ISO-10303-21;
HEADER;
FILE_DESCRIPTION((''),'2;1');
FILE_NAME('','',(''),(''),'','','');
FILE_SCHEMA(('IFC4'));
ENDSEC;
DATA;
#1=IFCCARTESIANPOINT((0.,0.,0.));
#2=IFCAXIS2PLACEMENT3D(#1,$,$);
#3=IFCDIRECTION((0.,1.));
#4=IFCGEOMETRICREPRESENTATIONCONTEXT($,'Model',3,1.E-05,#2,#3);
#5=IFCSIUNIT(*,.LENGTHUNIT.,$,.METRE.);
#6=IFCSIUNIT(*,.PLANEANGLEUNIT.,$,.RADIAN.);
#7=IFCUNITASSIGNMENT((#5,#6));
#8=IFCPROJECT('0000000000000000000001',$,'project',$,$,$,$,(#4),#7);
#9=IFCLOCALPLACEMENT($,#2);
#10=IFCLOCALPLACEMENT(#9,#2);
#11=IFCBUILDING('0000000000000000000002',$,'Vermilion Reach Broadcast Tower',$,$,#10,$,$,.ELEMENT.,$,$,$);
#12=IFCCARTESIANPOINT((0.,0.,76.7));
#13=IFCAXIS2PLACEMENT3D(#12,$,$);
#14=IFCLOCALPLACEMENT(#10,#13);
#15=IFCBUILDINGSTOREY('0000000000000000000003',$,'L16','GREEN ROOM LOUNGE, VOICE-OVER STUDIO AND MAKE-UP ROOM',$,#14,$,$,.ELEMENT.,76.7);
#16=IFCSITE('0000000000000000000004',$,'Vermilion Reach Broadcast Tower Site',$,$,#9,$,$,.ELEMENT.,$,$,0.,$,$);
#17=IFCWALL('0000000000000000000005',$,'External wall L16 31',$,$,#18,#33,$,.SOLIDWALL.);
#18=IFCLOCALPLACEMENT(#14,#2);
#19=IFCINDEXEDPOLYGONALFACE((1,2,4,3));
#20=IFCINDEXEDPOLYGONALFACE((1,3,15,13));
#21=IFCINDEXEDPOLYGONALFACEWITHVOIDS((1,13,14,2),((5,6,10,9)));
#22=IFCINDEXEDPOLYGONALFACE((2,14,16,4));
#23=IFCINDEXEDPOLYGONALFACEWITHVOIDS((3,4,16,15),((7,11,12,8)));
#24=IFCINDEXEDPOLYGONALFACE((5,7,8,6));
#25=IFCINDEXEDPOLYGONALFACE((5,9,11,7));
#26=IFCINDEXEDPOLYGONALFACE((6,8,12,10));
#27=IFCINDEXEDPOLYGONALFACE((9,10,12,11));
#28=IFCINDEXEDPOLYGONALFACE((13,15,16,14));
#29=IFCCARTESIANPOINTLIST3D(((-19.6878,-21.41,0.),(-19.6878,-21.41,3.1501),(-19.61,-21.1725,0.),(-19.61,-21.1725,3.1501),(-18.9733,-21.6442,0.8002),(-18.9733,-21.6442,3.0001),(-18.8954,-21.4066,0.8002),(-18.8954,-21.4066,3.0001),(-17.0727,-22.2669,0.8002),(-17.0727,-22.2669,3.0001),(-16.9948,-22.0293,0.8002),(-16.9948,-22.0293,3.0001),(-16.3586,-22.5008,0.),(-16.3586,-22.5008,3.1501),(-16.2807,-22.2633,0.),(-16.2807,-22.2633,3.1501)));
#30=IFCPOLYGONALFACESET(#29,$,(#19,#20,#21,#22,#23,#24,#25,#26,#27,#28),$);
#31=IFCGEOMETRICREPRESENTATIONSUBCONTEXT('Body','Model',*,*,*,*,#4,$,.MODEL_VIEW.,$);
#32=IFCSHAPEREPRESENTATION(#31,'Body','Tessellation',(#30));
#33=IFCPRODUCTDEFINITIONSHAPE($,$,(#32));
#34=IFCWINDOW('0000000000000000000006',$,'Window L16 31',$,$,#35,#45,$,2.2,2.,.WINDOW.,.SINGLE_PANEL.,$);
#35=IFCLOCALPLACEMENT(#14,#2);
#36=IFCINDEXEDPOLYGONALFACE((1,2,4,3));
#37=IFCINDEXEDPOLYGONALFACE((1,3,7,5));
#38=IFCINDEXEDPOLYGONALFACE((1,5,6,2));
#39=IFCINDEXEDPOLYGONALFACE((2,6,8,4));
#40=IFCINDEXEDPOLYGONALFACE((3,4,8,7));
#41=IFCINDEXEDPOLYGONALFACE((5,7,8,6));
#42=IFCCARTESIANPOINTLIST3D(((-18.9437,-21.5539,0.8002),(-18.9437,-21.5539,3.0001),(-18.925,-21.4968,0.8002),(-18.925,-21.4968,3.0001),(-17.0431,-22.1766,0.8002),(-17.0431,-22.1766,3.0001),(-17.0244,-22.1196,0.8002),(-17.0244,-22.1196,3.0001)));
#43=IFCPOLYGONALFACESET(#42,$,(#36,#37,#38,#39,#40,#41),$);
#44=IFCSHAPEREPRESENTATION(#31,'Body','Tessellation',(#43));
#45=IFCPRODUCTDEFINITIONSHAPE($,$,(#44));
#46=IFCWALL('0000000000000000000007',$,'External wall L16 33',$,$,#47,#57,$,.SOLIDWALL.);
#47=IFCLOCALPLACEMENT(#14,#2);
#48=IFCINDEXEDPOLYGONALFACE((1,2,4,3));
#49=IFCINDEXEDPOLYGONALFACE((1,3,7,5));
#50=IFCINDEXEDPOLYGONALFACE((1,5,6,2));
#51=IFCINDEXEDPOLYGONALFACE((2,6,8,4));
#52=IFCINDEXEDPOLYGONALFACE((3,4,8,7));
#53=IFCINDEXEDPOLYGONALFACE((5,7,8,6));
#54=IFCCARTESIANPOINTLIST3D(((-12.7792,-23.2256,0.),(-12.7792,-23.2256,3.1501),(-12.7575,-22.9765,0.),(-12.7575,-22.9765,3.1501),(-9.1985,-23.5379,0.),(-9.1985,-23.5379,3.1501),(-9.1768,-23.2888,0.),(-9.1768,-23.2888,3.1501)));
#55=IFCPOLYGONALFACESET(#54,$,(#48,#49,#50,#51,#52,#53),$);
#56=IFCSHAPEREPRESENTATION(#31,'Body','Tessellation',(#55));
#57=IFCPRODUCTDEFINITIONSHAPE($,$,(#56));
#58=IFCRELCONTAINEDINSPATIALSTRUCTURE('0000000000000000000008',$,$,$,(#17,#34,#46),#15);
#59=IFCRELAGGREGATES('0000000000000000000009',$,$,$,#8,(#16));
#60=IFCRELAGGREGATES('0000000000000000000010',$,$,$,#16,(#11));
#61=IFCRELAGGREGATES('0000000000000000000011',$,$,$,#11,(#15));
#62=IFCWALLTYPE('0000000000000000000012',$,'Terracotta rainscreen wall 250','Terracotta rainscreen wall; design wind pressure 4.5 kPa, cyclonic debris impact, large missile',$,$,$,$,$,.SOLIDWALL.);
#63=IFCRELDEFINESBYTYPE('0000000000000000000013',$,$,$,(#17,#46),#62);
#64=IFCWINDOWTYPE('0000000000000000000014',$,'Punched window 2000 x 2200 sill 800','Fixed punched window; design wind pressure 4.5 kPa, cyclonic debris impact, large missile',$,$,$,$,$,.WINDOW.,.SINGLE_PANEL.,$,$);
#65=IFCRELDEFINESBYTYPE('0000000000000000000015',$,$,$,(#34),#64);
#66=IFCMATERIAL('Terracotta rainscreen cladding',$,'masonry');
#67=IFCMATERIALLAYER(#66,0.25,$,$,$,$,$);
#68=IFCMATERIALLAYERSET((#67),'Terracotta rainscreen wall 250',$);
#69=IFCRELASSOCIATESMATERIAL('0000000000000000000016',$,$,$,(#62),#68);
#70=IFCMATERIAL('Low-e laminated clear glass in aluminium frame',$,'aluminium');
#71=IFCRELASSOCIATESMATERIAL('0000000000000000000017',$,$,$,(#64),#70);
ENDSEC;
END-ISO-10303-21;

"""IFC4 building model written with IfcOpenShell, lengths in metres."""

from ifc_helpers import new_model, si_unit, direction, frame, frame_2d, origin, place, context, subcontext, project, spatial, rectangle, extrude, material, layer, layer_set, type_object, element, fill, save


model = new_model("IFC4")

# Units and contexts
model_context = context("Model", 3, precision=1e-05, world=origin(), true_north=direction((0.0, 1.0)))
body_context = subcontext(model_context, "Body", "Model", "MODEL_VIEW")
ifc_project = project(units=[si_unit("LENGTHUNIT", "METRE"), si_unit("PLANEANGLEUNIT", "RADIAN")], contexts=[model_context])

# Site, building, storey
site_placement = place(None, origin())
site = spatial("IfcSite", under=ifc_project, at=site_placement, Name="Vermilion Reach Broadcast Tower Site", CompositionType="ELEMENT", RefElevation=0.0)
building_placement = place(site_placement, origin())
building = spatial("IfcBuilding", under=site, at=building_placement, Name="Vermilion Reach Broadcast Tower", CompositionType="ELEMENT")
storey_placement = place(building_placement, frame((0.0, 0.0, 76.7)))
storey = spatial("IfcBuildingStorey", under=building, at=storey_placement, Name="L16", Description="GREEN ROOM LOUNGE, VOICE-OVER STUDIO AND MAKE-UP ROOM", CompositionType="ELEMENT", Elevation=76.7)

# Wall, opening, window
ifc_material_1 = material(Name="Terracotta rainscreen cladding", Category="masonry")
ifc_layer_1 = layer(ifc_material_1, 0.25)
ifc_layer_set_1 = layer_set([ifc_layer_1], Name="Terracotta rainscreen wall 250")
wall_type_1 = type_object("IfcWallType", Name="Terracotta rainscreen wall 250", Description="Terracotta rainscreen wall; design wind pressure 4.5 kPa, cyclonic debris impact, large missile", PredefinedType="SOLIDWALL", material=ifc_layer_set_1)
wall_1_placement = place(storey_placement, frame((-19.6489, -21.2913, 0.0), z_axis=(0.0, 0.0, 1.0), x_axis=(0.950294, -0.311353, 0.0)))
wall_1 = element("IfcWall", 1, at=wall_1_placement, inside=storey, type_object=wall_type_1, Name="External wall L16 31", PredefinedType="SOLIDWALL", context=body_context, shape_type="SweptSolid", body=[
    extrude(rectangle(XDim=3.5034, YDim=0.25, at=frame_2d((1.7517, 0.0))), origin(), (0.0, 0.0, 1.0), 3.1501),
])
opening_1_placement = place(wall_1_placement, frame((0.752, 0.0, 0.8)))
opening_1 = element("IfcOpeningElement", 2, at=opening_1_placement, cuts=wall_1, PredefinedType="OPENING", context=body_context, shape_type="SweptSolid", body=[
    extrude(rectangle(XDim=2.0, YDim=2.2, at=frame_2d((1.0, 1.1001))), frame((0.0, 0.135, 0.0), z_axis=(0.0, -1.0, 0.0), x_axis=(1.0, 0.0, 0.0)), (0.0, 0.0, 1.0), 0.27),
])
ifc_material_2 = material(Name="Low-e laminated clear glass in aluminium frame", Category="aluminium")
window_type = type_object("IfcWindowType", Name="Punched window 2000 x 2200 sill 800", Description="Fixed punched window; design wind pressure 4.5 kPa, cyclonic debris impact, large missile", PartitioningType="SINGLE_PANEL", PredefinedType="WINDOW", material=ifc_material_2)
window_placement = place(opening_1_placement, origin())
window = element("IfcWindow", 3, at=window_placement, inside=storey, type_object=window_type, Name="Window L16 31", OverallHeight=2.2, OverallWidth=2.0, PartitioningType="SINGLE_PANEL", PredefinedType="WINDOW", context=body_context, shape_type="SweptSolid", body=[
    extrude(rectangle(XDim=2.0, YDim=2.2, at=frame_2d((1.0, 1.1001))), frame((0.0, 0.03, 0.0), z_axis=(0.0, -1.0, 0.0), x_axis=(1.0, 0.0, 0.0)), (0.0, 0.0, 1.0), 0.0601),
])
fill(opening_1, window)

# Wall
wall_2_placement = place(storey_placement, frame((-12.7683, -23.1011, 0.0), z_axis=(0.0, 0.0, 1.0), x_axis=(0.996219, -0.086879, 0.0)))
element("IfcWall", 4, at=wall_2_placement, inside=storey, type_object=wall_type_1, Name="External wall L16 33", PredefinedType="SOLIDWALL", context=body_context, shape_type="SweptSolid", body=[
    extrude(rectangle(XDim=3.5942, YDim=0.25, at=frame_2d((1.7971, 0.0))), origin(), (0.0, 0.0, 1.0), 3.1501),
])

save(model, "model.ifc")
